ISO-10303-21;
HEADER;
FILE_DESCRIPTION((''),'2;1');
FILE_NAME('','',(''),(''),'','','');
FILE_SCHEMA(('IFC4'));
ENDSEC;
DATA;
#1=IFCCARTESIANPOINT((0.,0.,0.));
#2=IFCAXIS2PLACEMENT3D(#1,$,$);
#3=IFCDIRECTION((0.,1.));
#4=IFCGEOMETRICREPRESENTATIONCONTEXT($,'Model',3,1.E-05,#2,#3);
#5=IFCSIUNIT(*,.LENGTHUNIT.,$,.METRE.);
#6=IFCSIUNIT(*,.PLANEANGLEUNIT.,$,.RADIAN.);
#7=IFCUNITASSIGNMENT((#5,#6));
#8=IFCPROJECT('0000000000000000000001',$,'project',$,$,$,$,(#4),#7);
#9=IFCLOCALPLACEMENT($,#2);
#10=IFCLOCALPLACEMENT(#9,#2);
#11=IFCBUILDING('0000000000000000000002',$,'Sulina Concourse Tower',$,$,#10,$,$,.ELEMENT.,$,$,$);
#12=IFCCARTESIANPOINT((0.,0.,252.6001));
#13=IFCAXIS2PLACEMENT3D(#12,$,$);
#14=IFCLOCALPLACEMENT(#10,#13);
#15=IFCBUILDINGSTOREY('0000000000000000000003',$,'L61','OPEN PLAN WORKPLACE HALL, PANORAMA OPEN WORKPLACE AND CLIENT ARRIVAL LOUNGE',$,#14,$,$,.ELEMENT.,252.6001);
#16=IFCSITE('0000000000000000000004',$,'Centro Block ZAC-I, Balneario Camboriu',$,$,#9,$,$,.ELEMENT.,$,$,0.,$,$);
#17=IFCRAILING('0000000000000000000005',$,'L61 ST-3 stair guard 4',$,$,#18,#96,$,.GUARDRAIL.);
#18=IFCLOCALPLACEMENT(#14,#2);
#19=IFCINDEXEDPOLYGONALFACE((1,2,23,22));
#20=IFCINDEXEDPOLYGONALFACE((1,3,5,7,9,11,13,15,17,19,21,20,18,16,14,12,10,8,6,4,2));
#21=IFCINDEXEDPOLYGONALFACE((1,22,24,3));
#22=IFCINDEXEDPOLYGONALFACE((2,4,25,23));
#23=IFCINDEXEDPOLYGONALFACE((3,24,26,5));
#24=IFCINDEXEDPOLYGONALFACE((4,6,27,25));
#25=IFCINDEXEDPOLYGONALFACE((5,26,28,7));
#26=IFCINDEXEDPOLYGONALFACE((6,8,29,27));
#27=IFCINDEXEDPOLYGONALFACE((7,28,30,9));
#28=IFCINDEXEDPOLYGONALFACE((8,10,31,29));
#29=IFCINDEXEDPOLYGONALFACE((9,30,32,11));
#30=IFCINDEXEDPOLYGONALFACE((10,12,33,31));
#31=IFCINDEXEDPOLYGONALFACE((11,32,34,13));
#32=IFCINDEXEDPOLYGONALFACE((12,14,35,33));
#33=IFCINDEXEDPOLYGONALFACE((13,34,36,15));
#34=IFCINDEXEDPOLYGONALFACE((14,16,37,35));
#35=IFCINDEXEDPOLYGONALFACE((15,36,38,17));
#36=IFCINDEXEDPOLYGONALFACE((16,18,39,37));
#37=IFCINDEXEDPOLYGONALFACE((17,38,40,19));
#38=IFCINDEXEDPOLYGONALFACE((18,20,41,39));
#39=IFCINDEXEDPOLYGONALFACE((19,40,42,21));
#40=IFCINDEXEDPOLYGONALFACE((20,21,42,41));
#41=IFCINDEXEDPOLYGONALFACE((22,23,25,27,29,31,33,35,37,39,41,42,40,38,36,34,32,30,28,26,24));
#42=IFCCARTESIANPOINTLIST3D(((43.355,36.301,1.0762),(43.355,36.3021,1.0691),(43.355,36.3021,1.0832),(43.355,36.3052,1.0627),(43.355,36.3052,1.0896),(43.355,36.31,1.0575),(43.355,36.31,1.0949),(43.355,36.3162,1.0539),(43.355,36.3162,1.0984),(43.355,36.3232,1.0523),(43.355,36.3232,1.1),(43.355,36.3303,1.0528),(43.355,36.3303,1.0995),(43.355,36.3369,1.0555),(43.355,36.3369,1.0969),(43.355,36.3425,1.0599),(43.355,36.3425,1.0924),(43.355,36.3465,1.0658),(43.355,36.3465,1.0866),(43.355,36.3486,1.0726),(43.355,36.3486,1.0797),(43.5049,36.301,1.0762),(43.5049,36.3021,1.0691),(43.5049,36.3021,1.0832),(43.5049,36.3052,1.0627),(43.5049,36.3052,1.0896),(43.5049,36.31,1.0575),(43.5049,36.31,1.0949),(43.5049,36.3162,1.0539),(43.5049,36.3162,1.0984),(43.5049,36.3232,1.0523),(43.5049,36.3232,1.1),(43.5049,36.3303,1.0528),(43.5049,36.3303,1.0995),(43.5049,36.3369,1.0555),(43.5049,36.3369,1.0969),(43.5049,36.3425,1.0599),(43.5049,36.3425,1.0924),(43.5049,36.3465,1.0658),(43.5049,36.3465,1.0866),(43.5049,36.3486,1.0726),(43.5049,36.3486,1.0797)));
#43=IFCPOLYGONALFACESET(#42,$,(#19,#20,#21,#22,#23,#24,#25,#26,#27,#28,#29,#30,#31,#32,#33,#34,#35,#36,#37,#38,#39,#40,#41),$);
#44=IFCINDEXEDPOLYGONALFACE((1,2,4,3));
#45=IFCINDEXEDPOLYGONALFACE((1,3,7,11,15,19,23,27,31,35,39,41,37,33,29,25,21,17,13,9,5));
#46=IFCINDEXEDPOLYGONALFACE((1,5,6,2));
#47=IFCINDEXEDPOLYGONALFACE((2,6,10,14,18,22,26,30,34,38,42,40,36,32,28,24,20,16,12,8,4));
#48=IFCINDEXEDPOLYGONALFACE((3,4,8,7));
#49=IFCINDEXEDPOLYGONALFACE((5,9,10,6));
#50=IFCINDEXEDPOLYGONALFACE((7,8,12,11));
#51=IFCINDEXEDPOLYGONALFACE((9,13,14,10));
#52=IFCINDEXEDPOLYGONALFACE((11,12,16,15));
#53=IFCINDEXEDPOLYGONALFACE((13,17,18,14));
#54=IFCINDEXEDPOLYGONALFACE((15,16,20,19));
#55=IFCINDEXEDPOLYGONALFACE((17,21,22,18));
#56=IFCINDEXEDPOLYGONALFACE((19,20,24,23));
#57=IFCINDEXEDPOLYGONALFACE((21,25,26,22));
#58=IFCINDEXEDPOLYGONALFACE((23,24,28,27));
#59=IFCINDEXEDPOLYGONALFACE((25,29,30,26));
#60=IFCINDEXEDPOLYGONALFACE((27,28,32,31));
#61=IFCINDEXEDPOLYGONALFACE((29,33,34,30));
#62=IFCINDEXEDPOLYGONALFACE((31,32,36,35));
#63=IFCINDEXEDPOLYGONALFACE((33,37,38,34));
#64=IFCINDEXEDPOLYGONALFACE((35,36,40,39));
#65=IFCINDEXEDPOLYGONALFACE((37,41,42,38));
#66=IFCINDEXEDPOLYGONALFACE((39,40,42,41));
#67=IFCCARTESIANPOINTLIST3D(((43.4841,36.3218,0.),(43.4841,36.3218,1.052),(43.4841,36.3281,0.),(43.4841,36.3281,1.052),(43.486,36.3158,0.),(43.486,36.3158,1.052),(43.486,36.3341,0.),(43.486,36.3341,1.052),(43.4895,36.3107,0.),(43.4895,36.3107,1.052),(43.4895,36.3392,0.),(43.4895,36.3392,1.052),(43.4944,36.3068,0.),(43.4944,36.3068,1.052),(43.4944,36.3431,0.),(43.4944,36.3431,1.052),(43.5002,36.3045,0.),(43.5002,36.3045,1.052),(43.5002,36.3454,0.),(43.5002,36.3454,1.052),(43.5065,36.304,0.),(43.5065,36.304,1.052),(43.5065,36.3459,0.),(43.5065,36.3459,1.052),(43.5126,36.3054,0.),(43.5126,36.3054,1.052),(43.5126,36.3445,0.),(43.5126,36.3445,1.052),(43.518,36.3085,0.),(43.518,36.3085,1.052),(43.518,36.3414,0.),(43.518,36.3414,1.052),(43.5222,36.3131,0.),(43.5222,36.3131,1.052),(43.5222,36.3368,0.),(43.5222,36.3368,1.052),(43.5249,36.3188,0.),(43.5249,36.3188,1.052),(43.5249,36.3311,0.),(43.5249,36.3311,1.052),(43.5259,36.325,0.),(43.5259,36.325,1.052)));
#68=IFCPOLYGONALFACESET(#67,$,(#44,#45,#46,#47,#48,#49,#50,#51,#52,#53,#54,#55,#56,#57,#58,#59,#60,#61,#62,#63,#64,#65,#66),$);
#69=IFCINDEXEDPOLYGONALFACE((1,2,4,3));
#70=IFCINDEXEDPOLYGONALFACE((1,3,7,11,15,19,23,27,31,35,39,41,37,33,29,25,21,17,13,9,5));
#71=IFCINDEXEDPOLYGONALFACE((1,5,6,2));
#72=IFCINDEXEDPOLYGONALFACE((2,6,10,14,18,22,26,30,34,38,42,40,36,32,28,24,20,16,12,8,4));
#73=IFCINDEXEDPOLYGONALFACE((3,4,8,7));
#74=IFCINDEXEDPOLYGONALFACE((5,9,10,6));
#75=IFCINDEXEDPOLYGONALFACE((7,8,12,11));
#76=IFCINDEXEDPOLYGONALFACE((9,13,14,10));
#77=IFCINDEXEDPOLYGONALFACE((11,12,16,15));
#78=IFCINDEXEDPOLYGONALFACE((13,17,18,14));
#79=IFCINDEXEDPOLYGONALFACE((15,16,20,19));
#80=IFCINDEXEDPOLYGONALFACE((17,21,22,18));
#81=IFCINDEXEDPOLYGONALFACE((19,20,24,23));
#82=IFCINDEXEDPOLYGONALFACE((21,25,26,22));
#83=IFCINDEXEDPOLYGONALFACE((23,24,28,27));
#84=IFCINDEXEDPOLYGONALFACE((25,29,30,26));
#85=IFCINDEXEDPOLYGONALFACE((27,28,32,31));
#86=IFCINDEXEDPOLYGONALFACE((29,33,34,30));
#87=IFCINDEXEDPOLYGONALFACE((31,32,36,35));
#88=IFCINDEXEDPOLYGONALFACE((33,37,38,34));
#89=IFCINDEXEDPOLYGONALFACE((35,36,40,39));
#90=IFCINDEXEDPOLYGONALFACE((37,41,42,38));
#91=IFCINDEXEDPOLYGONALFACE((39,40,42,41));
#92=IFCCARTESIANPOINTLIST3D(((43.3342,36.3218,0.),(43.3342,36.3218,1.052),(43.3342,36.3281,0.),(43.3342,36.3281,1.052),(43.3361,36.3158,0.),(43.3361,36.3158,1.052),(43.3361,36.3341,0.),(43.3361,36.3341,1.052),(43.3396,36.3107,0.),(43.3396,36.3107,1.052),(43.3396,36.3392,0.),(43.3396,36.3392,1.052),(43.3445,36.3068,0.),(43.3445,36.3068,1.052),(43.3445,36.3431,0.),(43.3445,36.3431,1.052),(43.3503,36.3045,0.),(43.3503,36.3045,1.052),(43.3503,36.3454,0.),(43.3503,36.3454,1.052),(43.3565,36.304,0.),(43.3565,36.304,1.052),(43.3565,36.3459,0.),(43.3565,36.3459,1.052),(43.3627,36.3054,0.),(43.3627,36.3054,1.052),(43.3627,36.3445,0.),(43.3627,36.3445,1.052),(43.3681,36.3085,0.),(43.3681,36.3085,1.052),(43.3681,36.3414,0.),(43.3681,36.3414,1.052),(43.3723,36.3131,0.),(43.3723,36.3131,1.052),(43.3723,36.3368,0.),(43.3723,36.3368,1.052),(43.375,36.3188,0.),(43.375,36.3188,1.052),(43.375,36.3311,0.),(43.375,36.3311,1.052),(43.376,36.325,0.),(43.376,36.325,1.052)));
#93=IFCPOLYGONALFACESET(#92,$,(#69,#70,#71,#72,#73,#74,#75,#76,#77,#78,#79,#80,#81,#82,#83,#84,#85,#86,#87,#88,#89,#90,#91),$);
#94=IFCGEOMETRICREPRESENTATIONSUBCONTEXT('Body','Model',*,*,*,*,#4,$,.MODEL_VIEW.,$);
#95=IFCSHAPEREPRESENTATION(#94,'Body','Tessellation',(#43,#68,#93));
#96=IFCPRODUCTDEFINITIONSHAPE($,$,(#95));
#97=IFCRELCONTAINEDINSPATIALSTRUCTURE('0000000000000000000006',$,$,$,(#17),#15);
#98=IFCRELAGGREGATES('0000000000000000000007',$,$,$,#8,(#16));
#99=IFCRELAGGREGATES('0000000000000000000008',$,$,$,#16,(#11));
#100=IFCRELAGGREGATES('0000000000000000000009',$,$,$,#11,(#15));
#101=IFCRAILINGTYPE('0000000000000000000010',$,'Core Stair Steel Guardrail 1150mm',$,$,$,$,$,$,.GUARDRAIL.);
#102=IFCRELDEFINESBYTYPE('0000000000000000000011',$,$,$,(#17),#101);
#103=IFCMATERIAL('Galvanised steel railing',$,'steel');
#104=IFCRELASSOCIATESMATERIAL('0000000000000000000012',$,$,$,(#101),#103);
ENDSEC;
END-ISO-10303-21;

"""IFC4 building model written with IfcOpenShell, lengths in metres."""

from ifc_helpers import new_model, si_unit, direction, frame, origin, origin_2d, place, context, subcontext, project, spatial, circle, extrude, material, type_object, element, save


model = new_model("IFC4")

# Units and contexts
model_context = context("Model", 3, precision=1e-05, world=origin(), true_north=direction((0.0, 1.0)))
body_context = subcontext(model_context, "Body", "Model", "MODEL_VIEW")
ifc_project = project(units=[si_unit("LENGTHUNIT", "METRE"), si_unit("PLANEANGLEUNIT", "RADIAN")], contexts=[model_context])

# Site, building, storey
site_placement = place(None, origin())
site = spatial("IfcSite", under=ifc_project, at=site_placement, Name="Centro Block ZAC-I, Balneario Camboriu", CompositionType="ELEMENT", RefElevation=0.0)
building_placement = place(site_placement, origin())
building = spatial("IfcBuilding", under=site, at=building_placement, Name="Sulina Concourse Tower", CompositionType="ELEMENT")
storey_placement = place(building_placement, frame((0.0, 0.0, 252.6001)))
storey = spatial("IfcBuildingStorey", under=building, at=storey_placement, Name="L61", Description="OPEN PLAN WORKPLACE HALL, PANORAMA OPEN WORKPLACE AND CLIENT ARRIVAL LOUNGE", CompositionType="ELEMENT", Elevation=252.6001)

# Railing
ifc_material_1 = material(Name="Galvanised steel railing", Category="steel")
railing_type_1 = type_object("IfcRailingType", Name="Core Stair Steel Guardrail 1150mm", PredefinedType="GUARDRAIL", material=ifc_material_1)
railing_1_placement = place(storey_placement, frame((43.5049, 36.325, 0.0)))
element("IfcRailing", 1, at=railing_1_placement, inside=storey, type_object=railing_type_1, Name="L61 ST-3 stair guard 4", PredefinedType="GUARDRAIL", context=body_context, shape_type="SweptSolid", body=[
    extrude(circle(Radius=0.0239, at=origin_2d()), frame((0.0, 0.0, 1.0762), z_axis=(-1.0, 0.0, 0.0), x_axis=(0.0, -1.0, 0.0)), (0.0, 0.0, 1.0), 0.1499),
    extrude(circle(Radius=0.021, at=origin_2d()), origin(), (0.0, 0.0, 1.0), 1.052),
    extrude(circle(Radius=0.021, at=origin_2d()), frame((-0.1499, 0.0, 0.0)), (0.0, 0.0, 1.0), 1.052),
])

save(model, "model.ifc")
